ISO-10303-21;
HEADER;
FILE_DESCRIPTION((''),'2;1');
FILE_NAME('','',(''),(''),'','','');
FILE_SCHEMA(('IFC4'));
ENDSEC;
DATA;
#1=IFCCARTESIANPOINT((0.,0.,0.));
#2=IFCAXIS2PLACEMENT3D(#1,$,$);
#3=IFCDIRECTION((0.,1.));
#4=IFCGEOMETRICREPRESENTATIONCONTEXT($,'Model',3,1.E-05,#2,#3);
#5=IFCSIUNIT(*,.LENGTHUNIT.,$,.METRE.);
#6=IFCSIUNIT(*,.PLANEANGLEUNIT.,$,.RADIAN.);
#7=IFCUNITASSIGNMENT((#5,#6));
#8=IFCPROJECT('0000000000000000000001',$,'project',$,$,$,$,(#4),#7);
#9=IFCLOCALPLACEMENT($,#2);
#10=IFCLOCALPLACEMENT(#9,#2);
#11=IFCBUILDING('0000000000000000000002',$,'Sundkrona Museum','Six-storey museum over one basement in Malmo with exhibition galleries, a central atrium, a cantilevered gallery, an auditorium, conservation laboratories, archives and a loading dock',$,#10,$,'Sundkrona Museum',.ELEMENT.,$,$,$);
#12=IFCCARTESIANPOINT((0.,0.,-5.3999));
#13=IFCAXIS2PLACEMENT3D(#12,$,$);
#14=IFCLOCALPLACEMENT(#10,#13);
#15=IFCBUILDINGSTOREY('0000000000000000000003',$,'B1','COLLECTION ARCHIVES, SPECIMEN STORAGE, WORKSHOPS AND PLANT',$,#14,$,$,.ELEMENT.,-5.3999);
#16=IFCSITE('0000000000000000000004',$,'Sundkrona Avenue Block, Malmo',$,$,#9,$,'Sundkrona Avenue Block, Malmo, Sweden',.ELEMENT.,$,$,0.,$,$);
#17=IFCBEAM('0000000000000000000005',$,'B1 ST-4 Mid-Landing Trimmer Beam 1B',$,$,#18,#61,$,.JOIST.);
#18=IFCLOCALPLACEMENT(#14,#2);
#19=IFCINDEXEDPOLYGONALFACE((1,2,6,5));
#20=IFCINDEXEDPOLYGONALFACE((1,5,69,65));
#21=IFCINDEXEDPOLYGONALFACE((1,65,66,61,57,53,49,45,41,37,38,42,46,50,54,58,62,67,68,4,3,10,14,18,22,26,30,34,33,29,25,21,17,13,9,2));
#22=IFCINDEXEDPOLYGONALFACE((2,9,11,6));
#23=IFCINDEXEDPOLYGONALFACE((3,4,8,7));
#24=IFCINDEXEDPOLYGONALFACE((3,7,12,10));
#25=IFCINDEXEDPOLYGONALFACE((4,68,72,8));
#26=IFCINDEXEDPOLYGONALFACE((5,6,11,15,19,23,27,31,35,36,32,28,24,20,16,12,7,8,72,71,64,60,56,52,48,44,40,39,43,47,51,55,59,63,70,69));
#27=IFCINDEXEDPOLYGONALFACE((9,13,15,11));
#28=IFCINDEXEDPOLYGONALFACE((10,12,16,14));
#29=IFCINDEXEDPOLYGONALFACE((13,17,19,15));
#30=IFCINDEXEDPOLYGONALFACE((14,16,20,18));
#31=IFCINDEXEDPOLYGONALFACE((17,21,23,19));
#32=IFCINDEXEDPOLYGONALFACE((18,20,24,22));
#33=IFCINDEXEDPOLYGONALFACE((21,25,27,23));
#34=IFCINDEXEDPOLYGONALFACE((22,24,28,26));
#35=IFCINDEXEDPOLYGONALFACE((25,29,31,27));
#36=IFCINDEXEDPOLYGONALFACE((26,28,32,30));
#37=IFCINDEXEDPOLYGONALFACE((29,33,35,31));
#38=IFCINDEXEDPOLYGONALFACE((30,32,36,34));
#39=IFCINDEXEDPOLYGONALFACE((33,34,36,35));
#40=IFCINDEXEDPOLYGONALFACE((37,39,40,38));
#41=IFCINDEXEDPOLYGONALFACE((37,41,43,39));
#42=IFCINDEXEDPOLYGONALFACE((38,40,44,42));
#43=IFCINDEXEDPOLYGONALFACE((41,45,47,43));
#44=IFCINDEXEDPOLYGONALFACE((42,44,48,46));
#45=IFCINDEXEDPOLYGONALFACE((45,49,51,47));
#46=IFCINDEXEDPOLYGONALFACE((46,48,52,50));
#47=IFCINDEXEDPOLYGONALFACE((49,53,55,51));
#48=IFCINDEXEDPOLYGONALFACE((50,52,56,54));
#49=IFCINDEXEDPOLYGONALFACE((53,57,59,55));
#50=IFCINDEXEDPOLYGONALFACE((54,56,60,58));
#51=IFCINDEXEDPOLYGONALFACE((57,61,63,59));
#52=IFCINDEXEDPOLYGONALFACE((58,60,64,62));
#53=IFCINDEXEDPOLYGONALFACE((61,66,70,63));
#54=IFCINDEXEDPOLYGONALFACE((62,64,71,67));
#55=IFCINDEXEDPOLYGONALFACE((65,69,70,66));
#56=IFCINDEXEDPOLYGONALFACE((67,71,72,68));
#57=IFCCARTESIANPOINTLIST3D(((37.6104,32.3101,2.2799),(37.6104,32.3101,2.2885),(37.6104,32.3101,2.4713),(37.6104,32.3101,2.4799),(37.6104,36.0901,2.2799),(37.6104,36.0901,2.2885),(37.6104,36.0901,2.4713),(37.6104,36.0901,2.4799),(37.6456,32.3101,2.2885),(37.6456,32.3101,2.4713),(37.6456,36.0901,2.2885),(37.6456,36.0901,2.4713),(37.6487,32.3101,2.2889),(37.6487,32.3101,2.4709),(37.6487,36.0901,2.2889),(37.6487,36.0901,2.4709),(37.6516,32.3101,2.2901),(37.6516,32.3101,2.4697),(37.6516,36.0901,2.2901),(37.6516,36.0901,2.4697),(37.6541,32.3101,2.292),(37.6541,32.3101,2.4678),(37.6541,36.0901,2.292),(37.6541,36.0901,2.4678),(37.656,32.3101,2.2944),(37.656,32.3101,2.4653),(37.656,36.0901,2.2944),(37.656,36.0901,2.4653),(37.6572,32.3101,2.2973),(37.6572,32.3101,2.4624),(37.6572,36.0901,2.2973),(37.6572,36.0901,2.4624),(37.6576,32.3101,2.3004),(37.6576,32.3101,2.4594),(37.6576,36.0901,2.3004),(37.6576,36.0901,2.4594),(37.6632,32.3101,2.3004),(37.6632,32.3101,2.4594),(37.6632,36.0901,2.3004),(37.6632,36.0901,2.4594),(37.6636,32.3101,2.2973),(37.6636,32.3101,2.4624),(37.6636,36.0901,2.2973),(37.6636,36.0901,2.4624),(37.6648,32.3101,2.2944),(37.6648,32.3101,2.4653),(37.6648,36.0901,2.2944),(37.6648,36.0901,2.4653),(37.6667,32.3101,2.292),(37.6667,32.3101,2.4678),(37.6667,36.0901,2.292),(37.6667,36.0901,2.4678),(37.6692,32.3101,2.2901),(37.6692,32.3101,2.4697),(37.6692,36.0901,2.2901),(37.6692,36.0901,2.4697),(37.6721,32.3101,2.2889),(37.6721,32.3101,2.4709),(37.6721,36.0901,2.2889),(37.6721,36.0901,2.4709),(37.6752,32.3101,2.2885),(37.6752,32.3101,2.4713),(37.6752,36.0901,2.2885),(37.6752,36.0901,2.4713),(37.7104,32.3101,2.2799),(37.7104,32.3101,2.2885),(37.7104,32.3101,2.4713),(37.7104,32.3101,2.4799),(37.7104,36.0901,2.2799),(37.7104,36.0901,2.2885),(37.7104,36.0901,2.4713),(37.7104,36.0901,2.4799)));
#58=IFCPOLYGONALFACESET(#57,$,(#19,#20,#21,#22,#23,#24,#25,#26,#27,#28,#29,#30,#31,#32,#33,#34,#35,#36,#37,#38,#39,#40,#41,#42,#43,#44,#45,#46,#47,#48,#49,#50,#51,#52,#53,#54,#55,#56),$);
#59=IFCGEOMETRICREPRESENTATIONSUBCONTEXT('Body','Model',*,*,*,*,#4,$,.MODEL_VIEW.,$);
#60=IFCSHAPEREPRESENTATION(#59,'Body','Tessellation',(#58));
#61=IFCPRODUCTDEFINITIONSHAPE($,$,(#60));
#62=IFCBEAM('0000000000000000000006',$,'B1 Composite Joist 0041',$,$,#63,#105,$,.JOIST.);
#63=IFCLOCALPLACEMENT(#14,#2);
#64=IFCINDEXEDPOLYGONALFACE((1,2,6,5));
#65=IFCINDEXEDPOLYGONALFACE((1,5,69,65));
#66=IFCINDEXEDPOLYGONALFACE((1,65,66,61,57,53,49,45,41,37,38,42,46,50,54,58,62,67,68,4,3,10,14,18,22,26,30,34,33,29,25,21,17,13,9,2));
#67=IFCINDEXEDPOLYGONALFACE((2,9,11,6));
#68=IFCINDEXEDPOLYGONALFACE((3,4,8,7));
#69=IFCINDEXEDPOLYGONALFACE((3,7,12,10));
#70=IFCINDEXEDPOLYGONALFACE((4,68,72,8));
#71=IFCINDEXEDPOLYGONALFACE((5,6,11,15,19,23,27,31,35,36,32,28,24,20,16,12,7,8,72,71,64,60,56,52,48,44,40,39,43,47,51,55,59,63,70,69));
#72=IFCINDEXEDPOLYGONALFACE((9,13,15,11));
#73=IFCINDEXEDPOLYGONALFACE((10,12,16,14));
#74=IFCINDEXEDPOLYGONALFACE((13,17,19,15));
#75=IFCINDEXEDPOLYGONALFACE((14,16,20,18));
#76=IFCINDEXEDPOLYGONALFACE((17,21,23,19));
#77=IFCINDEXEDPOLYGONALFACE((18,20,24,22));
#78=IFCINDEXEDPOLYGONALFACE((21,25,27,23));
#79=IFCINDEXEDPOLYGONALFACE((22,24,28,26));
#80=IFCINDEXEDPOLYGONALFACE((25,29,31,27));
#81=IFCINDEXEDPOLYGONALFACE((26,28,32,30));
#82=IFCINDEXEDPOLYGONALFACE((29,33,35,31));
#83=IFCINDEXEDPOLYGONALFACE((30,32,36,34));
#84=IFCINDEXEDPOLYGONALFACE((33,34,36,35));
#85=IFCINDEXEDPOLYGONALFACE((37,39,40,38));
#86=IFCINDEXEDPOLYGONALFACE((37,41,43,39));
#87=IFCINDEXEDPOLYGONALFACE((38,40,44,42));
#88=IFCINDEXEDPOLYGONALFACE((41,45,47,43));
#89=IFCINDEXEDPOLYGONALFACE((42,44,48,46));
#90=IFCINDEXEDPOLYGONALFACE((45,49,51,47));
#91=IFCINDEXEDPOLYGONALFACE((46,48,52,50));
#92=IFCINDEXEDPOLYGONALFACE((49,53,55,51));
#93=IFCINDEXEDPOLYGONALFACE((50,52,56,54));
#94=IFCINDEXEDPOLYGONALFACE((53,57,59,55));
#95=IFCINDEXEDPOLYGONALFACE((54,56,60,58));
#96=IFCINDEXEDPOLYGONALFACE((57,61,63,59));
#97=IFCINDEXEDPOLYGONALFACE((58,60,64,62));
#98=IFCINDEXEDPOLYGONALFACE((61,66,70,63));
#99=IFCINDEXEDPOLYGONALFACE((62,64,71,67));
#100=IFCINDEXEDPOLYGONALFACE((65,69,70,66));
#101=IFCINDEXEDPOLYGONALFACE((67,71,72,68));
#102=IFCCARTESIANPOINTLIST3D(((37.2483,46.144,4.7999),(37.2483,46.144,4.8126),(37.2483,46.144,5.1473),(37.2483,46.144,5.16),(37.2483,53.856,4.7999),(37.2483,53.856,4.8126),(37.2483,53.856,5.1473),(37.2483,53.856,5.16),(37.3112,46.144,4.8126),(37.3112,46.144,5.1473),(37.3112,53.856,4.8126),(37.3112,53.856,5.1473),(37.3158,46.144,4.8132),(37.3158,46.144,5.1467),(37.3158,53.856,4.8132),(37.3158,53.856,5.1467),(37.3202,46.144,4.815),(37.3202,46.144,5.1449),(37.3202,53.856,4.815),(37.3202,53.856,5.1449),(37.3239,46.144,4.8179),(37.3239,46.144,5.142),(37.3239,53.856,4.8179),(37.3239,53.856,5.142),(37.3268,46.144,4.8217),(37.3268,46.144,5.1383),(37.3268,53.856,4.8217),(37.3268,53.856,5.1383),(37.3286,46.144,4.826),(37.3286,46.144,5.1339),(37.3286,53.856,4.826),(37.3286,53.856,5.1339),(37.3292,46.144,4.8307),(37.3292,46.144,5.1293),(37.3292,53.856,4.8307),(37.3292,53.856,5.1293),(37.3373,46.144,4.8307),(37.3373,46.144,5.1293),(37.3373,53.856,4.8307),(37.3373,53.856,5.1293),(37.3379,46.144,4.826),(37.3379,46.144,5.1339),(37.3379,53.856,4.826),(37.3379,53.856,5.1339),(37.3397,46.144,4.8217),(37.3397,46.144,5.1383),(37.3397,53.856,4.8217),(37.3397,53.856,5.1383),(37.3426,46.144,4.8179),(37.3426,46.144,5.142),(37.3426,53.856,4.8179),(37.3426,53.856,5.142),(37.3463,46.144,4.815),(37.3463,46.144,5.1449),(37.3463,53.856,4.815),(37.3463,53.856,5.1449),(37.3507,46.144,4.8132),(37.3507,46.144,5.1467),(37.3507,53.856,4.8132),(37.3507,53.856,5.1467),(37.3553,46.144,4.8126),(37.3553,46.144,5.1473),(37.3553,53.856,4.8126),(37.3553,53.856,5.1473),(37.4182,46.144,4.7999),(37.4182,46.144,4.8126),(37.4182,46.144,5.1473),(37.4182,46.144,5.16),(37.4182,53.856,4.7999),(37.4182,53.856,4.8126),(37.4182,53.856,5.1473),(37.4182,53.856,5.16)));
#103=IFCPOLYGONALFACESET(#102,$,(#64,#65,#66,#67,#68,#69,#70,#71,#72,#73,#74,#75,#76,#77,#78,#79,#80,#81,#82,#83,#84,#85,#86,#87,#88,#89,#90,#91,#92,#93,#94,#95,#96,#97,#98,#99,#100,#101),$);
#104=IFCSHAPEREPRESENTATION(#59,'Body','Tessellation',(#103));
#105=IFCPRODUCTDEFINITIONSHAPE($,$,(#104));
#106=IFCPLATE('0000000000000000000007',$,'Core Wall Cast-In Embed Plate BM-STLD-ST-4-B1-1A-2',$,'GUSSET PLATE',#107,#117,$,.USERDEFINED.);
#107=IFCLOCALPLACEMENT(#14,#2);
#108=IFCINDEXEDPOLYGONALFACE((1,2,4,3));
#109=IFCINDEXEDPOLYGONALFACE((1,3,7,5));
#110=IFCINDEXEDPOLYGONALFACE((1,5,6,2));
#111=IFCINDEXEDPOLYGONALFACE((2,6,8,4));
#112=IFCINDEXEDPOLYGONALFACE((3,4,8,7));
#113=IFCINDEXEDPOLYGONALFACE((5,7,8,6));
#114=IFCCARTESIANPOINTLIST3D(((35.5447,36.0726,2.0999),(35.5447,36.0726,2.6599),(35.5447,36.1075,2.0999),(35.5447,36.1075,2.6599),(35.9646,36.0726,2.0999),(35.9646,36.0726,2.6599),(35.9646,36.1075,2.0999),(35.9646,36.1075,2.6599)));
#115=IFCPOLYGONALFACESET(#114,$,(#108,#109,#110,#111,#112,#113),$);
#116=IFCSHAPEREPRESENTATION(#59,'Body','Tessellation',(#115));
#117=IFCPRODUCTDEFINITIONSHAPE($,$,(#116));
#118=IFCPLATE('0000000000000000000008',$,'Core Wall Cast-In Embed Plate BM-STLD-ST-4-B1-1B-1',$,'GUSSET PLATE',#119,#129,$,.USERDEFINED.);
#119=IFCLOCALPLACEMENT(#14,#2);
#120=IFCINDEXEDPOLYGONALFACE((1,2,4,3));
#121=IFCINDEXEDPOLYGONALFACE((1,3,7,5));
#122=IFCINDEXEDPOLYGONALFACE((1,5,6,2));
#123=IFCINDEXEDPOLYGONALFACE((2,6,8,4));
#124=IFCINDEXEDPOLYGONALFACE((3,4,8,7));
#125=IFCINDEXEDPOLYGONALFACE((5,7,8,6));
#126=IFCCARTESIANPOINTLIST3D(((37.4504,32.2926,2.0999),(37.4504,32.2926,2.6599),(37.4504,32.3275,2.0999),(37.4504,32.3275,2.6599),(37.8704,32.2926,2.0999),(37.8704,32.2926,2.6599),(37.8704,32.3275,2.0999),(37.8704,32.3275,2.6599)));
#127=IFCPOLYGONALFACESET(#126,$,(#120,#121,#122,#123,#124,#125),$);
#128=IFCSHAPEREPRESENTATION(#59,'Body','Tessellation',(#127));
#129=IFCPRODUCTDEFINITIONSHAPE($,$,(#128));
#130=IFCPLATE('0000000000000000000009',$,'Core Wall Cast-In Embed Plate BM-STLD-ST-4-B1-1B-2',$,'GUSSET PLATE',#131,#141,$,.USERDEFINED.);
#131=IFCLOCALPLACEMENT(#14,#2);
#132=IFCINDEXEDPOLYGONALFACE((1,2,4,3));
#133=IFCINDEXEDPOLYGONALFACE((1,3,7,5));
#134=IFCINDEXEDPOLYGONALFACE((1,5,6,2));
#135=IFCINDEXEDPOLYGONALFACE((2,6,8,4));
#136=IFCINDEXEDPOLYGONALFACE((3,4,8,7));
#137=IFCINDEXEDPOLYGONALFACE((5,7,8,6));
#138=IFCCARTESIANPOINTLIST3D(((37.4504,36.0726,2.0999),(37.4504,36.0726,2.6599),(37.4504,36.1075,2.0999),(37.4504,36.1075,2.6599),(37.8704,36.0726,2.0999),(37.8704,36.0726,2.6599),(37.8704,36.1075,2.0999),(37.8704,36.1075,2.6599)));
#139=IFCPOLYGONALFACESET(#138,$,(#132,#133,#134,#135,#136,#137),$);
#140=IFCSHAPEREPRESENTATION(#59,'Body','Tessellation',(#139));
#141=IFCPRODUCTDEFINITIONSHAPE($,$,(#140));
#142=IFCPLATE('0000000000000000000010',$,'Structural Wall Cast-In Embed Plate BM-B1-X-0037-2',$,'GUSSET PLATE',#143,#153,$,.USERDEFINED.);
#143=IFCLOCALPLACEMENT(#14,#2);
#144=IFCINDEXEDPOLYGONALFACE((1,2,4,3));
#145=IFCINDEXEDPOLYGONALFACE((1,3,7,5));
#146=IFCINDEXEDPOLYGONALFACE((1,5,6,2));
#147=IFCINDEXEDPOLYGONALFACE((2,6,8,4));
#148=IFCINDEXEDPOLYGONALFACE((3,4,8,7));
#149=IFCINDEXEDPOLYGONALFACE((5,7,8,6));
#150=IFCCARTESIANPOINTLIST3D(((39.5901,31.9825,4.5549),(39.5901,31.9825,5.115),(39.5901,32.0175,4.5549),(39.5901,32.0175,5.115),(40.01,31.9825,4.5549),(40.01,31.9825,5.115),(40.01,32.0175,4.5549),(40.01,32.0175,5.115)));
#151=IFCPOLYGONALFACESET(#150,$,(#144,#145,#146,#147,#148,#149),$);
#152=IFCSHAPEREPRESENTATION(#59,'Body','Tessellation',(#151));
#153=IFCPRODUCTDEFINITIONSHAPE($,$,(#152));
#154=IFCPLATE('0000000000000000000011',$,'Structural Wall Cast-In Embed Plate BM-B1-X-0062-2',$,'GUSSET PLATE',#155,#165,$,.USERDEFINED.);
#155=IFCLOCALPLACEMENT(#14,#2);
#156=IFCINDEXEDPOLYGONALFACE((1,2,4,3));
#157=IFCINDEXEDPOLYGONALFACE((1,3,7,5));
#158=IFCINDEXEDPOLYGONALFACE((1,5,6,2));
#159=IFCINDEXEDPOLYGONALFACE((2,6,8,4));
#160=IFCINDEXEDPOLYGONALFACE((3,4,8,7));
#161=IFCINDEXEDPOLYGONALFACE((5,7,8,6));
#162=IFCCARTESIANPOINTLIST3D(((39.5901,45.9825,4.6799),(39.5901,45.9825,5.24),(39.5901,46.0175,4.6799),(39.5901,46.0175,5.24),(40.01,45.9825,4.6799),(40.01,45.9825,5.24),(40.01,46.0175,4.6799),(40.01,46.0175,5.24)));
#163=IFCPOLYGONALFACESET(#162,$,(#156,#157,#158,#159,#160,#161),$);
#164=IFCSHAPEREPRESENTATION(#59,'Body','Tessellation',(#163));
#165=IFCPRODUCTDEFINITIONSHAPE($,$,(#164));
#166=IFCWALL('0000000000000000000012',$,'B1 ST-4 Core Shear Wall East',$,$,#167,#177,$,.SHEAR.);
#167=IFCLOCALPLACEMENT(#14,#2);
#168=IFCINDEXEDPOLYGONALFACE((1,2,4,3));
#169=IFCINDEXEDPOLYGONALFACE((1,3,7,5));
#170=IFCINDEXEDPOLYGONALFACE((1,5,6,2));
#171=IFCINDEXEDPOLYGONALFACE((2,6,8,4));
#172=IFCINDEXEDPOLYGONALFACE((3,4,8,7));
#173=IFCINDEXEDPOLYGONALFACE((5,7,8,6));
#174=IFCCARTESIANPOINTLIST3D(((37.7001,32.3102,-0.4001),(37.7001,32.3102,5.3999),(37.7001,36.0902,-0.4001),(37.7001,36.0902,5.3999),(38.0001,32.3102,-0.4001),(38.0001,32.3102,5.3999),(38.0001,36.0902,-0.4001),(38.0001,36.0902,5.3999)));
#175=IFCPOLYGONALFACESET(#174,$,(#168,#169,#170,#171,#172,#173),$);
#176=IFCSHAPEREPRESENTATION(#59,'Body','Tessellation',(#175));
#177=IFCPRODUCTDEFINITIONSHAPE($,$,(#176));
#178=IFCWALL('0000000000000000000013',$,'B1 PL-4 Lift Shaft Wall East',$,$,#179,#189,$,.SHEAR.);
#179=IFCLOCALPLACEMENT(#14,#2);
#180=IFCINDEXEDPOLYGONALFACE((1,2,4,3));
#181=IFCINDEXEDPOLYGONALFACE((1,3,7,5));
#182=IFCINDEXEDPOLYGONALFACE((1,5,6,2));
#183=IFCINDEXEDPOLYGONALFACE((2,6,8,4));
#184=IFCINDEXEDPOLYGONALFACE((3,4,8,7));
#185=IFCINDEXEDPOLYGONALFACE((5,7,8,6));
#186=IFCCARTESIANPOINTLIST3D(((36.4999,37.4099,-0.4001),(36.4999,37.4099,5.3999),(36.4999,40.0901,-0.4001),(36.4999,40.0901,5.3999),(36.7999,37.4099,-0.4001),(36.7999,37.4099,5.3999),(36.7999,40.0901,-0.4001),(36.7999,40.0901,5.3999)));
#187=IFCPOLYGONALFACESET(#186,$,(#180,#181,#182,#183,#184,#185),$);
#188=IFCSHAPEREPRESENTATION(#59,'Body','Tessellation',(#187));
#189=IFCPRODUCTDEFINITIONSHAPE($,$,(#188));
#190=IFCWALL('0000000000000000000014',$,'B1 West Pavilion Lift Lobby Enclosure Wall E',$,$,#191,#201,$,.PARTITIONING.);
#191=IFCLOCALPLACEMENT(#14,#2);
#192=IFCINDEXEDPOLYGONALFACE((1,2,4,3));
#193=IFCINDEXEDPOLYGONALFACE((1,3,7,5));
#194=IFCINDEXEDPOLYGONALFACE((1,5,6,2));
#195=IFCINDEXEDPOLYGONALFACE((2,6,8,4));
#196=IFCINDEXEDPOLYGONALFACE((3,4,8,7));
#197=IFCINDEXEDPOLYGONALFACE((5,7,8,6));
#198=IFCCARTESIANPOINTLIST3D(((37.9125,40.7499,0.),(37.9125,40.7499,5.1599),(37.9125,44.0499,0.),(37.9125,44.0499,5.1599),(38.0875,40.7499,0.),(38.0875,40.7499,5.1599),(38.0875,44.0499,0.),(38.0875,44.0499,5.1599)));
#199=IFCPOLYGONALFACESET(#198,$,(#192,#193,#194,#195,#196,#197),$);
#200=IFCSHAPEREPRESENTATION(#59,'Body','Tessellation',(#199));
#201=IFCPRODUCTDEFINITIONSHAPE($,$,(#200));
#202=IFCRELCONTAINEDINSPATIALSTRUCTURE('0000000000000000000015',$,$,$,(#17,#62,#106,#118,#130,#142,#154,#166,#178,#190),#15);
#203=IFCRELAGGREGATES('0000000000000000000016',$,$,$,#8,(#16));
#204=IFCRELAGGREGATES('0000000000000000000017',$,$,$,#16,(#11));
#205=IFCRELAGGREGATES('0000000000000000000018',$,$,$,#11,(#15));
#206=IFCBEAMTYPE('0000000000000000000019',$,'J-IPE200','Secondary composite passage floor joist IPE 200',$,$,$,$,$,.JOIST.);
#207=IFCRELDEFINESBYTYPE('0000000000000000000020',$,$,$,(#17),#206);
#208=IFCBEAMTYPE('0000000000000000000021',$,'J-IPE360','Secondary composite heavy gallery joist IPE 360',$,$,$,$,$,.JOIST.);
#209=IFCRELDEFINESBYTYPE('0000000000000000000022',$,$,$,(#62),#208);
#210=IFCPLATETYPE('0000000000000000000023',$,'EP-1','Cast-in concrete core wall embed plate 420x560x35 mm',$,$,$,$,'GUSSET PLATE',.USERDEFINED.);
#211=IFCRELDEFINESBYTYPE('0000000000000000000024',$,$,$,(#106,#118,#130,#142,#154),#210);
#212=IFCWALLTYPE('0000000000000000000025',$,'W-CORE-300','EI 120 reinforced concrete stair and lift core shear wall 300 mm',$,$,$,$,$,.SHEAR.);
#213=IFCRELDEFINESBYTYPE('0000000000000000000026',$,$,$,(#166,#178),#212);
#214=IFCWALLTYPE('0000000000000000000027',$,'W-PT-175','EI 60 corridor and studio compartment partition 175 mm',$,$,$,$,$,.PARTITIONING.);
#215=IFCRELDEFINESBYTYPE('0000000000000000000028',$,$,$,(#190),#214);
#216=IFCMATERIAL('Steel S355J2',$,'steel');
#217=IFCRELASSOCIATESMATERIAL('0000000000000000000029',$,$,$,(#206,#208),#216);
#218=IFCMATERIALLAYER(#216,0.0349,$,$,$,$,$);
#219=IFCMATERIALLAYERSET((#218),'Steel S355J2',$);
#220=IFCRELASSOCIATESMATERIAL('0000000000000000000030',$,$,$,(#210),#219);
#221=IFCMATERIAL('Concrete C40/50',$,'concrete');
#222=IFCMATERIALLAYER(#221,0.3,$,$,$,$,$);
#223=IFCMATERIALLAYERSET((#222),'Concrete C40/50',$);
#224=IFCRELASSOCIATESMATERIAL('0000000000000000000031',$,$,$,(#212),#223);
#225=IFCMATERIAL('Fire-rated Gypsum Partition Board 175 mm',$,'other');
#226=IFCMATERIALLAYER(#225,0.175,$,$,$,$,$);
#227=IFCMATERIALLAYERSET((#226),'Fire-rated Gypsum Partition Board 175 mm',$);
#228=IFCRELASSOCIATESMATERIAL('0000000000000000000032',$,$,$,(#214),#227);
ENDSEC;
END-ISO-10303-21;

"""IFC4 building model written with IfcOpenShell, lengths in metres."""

from ifc_helpers import new_model, si_unit, direction, frame, frame_2d, origin, origin_2d, place, context, subcontext, project, spatial, rectangle, i_section, extrude, material, layer, layer_set, material_profile, profile_set, type_object, element, save


model = new_model("IFC4")

# Units and contexts
model_context = context("Model", 3, precision=1e-05, world=origin(), true_north=direction((0.0, 1.0)))
body_context = subcontext(model_context, "Body", "Model", "MODEL_VIEW")
ifc_project = project(units=[si_unit("LENGTHUNIT", "METRE"), si_unit("PLANEANGLEUNIT", "RADIAN")], contexts=[model_context])

# Site, building, storey
site_placement = place(None, origin())
site = spatial("IfcSite", under=ifc_project, at=site_placement, Name="Sundkrona Avenue Block, Malmo", LongName="Sundkrona Avenue Block, Malmo, Sweden", CompositionType="ELEMENT", RefElevation=0.0)
building_placement = place(site_placement, origin())
building = spatial("IfcBuilding", under=site, at=building_placement, Name="Sundkrona Museum", Description="Six-storey museum over one basement in Malmo with exhibition galleries, a central atrium, a cantilevered gallery, an auditorium, conservation laboratories, archives and a loading dock", LongName="Sundkrona Museum", CompositionType="ELEMENT")
storey_placement = place(building_placement, frame((0.0, 0.0, -5.3999)))
storey = spatial("IfcBuildingStorey", under=building, at=storey_placement, Name="B1", Description="COLLECTION ARCHIVES, SPECIMEN STORAGE, WORKSHOPS AND PLANT", CompositionType="ELEMENT", Elevation=-5.3999)

# Shared definitions
ifc_material_1 = material(Name="Concrete C40/50", Category="concrete")

# Beams
ifc_material_2 = material(Name="Steel S355J2", Category="steel")
ifc_material_profile_1 = material_profile(ifc_material_2, i_section(OverallWidth=0.1001, OverallDepth=0.2, WebThickness=0.0056, FlangeThickness=0.0085, FilletRadius=0.012, at=origin_2d()), Name="IPE 200")
ifc_profile_set_1 = profile_set([ifc_material_profile_1], Name="Steel S355J2")
beam_type_1 = type_object("IfcBeamType", Name="J-IPE200", Description="Secondary composite passage floor joist IPE 200", PredefinedType="JOIST", material=ifc_profile_set_1)
for number, where, z_axis, x_axis, name in (
    (1, (37.6604, 32.3101, 2.3799), (0.0, 1.0, 0.0), (-1.0, 0.0, 0.0), "B1 ST-4 Mid-Landing Trimmer Beam 1B"),
):
    element("IfcBeam", number, at=place(storey_placement, frame(where, z_axis=z_axis, x_axis=x_axis)), inside=storey, type_object=beam_type_1, Name=name, PredefinedType="JOIST", context=body_context, shape_type="SweptSolid", body=[
        extrude(i_section(OverallWidth=0.1001, OverallDepth=0.2, WebThickness=0.0056, FlangeThickness=0.0085, FilletRadius=0.012, at=origin_2d()), origin(), (0.0, 0.0, 1.0), 3.78),
    ])
ifc_material_profile_2 = material_profile(ifc_material_2, i_section(OverallWidth=0.1699, OverallDepth=0.3601, WebThickness=0.0081, FlangeThickness=0.0127, FilletRadius=0.0181, at=origin_2d()), Name="IPE 360")
ifc_profile_set_2 = profile_set([ifc_material_profile_2], Name="Steel S355J2")
beam_type_2 = type_object("IfcBeamType", Name="J-IPE360", Description="Secondary composite heavy gallery joist IPE 360", PredefinedType="JOIST", material=ifc_profile_set_2)
beam_placement = place(storey_placement, frame((37.3333, 46.144, 4.98), z_axis=(0.0, 1.0, 0.0), x_axis=(-1.0, 0.0, 0.0)))
element("IfcBeam", 2, at=beam_placement, inside=storey, type_object=beam_type_2, Name="B1 Composite Joist 0041", PredefinedType="JOIST", context=body_context, shape_type="SweptSolid", body=[
    extrude(i_section(OverallWidth=0.1699, OverallDepth=0.3601, WebThickness=0.0081, FlangeThickness=0.0127, FilletRadius=0.0181, at=origin_2d()), origin(), (0.0, 0.0, 1.0), 7.7119),
])

# Plates
ifc_layer_1 = layer(ifc_material_2, 0.0349)
ifc_layer_set_1 = layer_set([ifc_layer_1], Name="Steel S355J2")
plate_type = type_object("IfcPlateType", Name="EP-1", Description="Cast-in concrete core wall embed plate 420x560x35 mm", ElementType="GUSSET PLATE", PredefinedType="USERDEFINED", material=ifc_layer_set_1)
for number, where, z_axis, x_axis, name in (
    (3, (35.7546, 36.0901, 2.0999), (0.0, 0.0, 1.0), (1.0, 0.0, 0.0), "Core Wall Cast-In Embed Plate BM-STLD-ST-4-B1-1A-2"),
    (4, (37.6604, 32.3101, 2.0999), (0.0, 0.0, 1.0), (1.0, 0.0, 0.0), "Core Wall Cast-In Embed Plate BM-STLD-ST-4-B1-1B-1"),
    (5, (37.6604, 36.0901, 2.0999), (0.0, 0.0, 1.0), (1.0, 0.0, 0.0), "Core Wall Cast-In Embed Plate BM-STLD-ST-4-B1-1B-2"),
    (6, (39.8, 32.0, 4.5549), (0.0, 0.0, 1.0), (1.0, 0.0, 0.0), "Structural Wall Cast-In Embed Plate BM-B1-X-0037-2"),
    (7, (39.8, 46.0, 4.6799), (0.0, 0.0, 1.0), (1.0, 0.0, 0.0), "Structural Wall Cast-In Embed Plate BM-B1-X-0062-2"),
):
    element("IfcPlate", number, at=place(storey_placement, frame(where, z_axis=z_axis, x_axis=x_axis)), inside=storey, type_object=plate_type, Name=name, ObjectType="GUSSET PLATE", PredefinedType="USERDEFINED", context=body_context, shape_type="SweptSolid", body=[
        extrude(rectangle(XDim=0.4199, YDim=0.0349, at=origin_2d()), origin(), (0.0, 0.0, 1.0), 0.5601),
    ])

# Walls
ifc_layer_2 = layer(ifc_material_1, 0.3)
ifc_layer_set_2 = layer_set([ifc_layer_2], Name="Concrete C40/50")
wall_type_1 = type_object("IfcWallType", Name="W-CORE-300", Description="EI 120 reinforced concrete stair and lift core shear wall 300 mm", PredefinedType="SHEAR", material=ifc_layer_set_2)
wall_1_placement = place(storey_placement, frame((37.8501, 32.3101, -0.4001), z_axis=(0.0, 0.0, 1.0), x_axis=(0.0, 1.0, 0.0)))
element("IfcWall", 8, at=wall_1_placement, inside=storey, type_object=wall_type_1, Name="B1 ST-4 Core Shear Wall East", PredefinedType="SHEAR", context=body_context, shape_type="SweptSolid", body=[
    extrude(rectangle(XDim=3.78, YDim=0.3, at=frame_2d((1.8901, 0.0))), origin(), (0.0, 0.0, 1.0), 5.8),
])
wall_2_placement = place(storey_placement, frame((36.6499, 37.4099, -0.4001), z_axis=(0.0, 0.0, 1.0), x_axis=(0.0, 1.0, 0.0)))
element("IfcWall", 9, at=wall_2_placement, inside=storey, type_object=wall_type_1, Name="B1 PL-4 Lift Shaft Wall East", PredefinedType="SHEAR", context=body_context, shape_type="SweptSolid", body=[
    extrude(rectangle(XDim=2.6802, YDim=0.3, at=frame_2d((1.3401, 0.0))), origin(), (0.0, 0.0, 1.0), 5.8),
])
ifc_material_3 = material(Name="Fire-rated Gypsum Partition Board 175 mm", Category="other")
ifc_layer_3 = layer(ifc_material_3, 0.175)
ifc_layer_set_3 = layer_set([ifc_layer_3], Name="Fire-rated Gypsum Partition Board 175 mm")
wall_type_2 = type_object("IfcWallType", Name="W-PT-175", Description="EI 60 corridor and studio compartment partition 175 mm", PredefinedType="PARTITIONING", material=ifc_layer_set_3)
wall_3_placement = place(storey_placement, frame((38.0, 40.75, 0.0), z_axis=(0.0, 0.0, 1.0), x_axis=(0.0, 1.0, 0.0)))
element("IfcWall", 10, at=wall_3_placement, inside=storey, type_object=wall_type_2, Name="B1 West Pavilion Lift Lobby Enclosure Wall E", PredefinedType="PARTITIONING", context=body_context, shape_type="SweptSolid", body=[
    extrude(rectangle(XDim=3.3, YDim=0.175, at=frame_2d((1.6499, 0.0))), origin(), (0.0, 0.0, 1.0), 5.1599),
])

save(model, "model.ifc")
